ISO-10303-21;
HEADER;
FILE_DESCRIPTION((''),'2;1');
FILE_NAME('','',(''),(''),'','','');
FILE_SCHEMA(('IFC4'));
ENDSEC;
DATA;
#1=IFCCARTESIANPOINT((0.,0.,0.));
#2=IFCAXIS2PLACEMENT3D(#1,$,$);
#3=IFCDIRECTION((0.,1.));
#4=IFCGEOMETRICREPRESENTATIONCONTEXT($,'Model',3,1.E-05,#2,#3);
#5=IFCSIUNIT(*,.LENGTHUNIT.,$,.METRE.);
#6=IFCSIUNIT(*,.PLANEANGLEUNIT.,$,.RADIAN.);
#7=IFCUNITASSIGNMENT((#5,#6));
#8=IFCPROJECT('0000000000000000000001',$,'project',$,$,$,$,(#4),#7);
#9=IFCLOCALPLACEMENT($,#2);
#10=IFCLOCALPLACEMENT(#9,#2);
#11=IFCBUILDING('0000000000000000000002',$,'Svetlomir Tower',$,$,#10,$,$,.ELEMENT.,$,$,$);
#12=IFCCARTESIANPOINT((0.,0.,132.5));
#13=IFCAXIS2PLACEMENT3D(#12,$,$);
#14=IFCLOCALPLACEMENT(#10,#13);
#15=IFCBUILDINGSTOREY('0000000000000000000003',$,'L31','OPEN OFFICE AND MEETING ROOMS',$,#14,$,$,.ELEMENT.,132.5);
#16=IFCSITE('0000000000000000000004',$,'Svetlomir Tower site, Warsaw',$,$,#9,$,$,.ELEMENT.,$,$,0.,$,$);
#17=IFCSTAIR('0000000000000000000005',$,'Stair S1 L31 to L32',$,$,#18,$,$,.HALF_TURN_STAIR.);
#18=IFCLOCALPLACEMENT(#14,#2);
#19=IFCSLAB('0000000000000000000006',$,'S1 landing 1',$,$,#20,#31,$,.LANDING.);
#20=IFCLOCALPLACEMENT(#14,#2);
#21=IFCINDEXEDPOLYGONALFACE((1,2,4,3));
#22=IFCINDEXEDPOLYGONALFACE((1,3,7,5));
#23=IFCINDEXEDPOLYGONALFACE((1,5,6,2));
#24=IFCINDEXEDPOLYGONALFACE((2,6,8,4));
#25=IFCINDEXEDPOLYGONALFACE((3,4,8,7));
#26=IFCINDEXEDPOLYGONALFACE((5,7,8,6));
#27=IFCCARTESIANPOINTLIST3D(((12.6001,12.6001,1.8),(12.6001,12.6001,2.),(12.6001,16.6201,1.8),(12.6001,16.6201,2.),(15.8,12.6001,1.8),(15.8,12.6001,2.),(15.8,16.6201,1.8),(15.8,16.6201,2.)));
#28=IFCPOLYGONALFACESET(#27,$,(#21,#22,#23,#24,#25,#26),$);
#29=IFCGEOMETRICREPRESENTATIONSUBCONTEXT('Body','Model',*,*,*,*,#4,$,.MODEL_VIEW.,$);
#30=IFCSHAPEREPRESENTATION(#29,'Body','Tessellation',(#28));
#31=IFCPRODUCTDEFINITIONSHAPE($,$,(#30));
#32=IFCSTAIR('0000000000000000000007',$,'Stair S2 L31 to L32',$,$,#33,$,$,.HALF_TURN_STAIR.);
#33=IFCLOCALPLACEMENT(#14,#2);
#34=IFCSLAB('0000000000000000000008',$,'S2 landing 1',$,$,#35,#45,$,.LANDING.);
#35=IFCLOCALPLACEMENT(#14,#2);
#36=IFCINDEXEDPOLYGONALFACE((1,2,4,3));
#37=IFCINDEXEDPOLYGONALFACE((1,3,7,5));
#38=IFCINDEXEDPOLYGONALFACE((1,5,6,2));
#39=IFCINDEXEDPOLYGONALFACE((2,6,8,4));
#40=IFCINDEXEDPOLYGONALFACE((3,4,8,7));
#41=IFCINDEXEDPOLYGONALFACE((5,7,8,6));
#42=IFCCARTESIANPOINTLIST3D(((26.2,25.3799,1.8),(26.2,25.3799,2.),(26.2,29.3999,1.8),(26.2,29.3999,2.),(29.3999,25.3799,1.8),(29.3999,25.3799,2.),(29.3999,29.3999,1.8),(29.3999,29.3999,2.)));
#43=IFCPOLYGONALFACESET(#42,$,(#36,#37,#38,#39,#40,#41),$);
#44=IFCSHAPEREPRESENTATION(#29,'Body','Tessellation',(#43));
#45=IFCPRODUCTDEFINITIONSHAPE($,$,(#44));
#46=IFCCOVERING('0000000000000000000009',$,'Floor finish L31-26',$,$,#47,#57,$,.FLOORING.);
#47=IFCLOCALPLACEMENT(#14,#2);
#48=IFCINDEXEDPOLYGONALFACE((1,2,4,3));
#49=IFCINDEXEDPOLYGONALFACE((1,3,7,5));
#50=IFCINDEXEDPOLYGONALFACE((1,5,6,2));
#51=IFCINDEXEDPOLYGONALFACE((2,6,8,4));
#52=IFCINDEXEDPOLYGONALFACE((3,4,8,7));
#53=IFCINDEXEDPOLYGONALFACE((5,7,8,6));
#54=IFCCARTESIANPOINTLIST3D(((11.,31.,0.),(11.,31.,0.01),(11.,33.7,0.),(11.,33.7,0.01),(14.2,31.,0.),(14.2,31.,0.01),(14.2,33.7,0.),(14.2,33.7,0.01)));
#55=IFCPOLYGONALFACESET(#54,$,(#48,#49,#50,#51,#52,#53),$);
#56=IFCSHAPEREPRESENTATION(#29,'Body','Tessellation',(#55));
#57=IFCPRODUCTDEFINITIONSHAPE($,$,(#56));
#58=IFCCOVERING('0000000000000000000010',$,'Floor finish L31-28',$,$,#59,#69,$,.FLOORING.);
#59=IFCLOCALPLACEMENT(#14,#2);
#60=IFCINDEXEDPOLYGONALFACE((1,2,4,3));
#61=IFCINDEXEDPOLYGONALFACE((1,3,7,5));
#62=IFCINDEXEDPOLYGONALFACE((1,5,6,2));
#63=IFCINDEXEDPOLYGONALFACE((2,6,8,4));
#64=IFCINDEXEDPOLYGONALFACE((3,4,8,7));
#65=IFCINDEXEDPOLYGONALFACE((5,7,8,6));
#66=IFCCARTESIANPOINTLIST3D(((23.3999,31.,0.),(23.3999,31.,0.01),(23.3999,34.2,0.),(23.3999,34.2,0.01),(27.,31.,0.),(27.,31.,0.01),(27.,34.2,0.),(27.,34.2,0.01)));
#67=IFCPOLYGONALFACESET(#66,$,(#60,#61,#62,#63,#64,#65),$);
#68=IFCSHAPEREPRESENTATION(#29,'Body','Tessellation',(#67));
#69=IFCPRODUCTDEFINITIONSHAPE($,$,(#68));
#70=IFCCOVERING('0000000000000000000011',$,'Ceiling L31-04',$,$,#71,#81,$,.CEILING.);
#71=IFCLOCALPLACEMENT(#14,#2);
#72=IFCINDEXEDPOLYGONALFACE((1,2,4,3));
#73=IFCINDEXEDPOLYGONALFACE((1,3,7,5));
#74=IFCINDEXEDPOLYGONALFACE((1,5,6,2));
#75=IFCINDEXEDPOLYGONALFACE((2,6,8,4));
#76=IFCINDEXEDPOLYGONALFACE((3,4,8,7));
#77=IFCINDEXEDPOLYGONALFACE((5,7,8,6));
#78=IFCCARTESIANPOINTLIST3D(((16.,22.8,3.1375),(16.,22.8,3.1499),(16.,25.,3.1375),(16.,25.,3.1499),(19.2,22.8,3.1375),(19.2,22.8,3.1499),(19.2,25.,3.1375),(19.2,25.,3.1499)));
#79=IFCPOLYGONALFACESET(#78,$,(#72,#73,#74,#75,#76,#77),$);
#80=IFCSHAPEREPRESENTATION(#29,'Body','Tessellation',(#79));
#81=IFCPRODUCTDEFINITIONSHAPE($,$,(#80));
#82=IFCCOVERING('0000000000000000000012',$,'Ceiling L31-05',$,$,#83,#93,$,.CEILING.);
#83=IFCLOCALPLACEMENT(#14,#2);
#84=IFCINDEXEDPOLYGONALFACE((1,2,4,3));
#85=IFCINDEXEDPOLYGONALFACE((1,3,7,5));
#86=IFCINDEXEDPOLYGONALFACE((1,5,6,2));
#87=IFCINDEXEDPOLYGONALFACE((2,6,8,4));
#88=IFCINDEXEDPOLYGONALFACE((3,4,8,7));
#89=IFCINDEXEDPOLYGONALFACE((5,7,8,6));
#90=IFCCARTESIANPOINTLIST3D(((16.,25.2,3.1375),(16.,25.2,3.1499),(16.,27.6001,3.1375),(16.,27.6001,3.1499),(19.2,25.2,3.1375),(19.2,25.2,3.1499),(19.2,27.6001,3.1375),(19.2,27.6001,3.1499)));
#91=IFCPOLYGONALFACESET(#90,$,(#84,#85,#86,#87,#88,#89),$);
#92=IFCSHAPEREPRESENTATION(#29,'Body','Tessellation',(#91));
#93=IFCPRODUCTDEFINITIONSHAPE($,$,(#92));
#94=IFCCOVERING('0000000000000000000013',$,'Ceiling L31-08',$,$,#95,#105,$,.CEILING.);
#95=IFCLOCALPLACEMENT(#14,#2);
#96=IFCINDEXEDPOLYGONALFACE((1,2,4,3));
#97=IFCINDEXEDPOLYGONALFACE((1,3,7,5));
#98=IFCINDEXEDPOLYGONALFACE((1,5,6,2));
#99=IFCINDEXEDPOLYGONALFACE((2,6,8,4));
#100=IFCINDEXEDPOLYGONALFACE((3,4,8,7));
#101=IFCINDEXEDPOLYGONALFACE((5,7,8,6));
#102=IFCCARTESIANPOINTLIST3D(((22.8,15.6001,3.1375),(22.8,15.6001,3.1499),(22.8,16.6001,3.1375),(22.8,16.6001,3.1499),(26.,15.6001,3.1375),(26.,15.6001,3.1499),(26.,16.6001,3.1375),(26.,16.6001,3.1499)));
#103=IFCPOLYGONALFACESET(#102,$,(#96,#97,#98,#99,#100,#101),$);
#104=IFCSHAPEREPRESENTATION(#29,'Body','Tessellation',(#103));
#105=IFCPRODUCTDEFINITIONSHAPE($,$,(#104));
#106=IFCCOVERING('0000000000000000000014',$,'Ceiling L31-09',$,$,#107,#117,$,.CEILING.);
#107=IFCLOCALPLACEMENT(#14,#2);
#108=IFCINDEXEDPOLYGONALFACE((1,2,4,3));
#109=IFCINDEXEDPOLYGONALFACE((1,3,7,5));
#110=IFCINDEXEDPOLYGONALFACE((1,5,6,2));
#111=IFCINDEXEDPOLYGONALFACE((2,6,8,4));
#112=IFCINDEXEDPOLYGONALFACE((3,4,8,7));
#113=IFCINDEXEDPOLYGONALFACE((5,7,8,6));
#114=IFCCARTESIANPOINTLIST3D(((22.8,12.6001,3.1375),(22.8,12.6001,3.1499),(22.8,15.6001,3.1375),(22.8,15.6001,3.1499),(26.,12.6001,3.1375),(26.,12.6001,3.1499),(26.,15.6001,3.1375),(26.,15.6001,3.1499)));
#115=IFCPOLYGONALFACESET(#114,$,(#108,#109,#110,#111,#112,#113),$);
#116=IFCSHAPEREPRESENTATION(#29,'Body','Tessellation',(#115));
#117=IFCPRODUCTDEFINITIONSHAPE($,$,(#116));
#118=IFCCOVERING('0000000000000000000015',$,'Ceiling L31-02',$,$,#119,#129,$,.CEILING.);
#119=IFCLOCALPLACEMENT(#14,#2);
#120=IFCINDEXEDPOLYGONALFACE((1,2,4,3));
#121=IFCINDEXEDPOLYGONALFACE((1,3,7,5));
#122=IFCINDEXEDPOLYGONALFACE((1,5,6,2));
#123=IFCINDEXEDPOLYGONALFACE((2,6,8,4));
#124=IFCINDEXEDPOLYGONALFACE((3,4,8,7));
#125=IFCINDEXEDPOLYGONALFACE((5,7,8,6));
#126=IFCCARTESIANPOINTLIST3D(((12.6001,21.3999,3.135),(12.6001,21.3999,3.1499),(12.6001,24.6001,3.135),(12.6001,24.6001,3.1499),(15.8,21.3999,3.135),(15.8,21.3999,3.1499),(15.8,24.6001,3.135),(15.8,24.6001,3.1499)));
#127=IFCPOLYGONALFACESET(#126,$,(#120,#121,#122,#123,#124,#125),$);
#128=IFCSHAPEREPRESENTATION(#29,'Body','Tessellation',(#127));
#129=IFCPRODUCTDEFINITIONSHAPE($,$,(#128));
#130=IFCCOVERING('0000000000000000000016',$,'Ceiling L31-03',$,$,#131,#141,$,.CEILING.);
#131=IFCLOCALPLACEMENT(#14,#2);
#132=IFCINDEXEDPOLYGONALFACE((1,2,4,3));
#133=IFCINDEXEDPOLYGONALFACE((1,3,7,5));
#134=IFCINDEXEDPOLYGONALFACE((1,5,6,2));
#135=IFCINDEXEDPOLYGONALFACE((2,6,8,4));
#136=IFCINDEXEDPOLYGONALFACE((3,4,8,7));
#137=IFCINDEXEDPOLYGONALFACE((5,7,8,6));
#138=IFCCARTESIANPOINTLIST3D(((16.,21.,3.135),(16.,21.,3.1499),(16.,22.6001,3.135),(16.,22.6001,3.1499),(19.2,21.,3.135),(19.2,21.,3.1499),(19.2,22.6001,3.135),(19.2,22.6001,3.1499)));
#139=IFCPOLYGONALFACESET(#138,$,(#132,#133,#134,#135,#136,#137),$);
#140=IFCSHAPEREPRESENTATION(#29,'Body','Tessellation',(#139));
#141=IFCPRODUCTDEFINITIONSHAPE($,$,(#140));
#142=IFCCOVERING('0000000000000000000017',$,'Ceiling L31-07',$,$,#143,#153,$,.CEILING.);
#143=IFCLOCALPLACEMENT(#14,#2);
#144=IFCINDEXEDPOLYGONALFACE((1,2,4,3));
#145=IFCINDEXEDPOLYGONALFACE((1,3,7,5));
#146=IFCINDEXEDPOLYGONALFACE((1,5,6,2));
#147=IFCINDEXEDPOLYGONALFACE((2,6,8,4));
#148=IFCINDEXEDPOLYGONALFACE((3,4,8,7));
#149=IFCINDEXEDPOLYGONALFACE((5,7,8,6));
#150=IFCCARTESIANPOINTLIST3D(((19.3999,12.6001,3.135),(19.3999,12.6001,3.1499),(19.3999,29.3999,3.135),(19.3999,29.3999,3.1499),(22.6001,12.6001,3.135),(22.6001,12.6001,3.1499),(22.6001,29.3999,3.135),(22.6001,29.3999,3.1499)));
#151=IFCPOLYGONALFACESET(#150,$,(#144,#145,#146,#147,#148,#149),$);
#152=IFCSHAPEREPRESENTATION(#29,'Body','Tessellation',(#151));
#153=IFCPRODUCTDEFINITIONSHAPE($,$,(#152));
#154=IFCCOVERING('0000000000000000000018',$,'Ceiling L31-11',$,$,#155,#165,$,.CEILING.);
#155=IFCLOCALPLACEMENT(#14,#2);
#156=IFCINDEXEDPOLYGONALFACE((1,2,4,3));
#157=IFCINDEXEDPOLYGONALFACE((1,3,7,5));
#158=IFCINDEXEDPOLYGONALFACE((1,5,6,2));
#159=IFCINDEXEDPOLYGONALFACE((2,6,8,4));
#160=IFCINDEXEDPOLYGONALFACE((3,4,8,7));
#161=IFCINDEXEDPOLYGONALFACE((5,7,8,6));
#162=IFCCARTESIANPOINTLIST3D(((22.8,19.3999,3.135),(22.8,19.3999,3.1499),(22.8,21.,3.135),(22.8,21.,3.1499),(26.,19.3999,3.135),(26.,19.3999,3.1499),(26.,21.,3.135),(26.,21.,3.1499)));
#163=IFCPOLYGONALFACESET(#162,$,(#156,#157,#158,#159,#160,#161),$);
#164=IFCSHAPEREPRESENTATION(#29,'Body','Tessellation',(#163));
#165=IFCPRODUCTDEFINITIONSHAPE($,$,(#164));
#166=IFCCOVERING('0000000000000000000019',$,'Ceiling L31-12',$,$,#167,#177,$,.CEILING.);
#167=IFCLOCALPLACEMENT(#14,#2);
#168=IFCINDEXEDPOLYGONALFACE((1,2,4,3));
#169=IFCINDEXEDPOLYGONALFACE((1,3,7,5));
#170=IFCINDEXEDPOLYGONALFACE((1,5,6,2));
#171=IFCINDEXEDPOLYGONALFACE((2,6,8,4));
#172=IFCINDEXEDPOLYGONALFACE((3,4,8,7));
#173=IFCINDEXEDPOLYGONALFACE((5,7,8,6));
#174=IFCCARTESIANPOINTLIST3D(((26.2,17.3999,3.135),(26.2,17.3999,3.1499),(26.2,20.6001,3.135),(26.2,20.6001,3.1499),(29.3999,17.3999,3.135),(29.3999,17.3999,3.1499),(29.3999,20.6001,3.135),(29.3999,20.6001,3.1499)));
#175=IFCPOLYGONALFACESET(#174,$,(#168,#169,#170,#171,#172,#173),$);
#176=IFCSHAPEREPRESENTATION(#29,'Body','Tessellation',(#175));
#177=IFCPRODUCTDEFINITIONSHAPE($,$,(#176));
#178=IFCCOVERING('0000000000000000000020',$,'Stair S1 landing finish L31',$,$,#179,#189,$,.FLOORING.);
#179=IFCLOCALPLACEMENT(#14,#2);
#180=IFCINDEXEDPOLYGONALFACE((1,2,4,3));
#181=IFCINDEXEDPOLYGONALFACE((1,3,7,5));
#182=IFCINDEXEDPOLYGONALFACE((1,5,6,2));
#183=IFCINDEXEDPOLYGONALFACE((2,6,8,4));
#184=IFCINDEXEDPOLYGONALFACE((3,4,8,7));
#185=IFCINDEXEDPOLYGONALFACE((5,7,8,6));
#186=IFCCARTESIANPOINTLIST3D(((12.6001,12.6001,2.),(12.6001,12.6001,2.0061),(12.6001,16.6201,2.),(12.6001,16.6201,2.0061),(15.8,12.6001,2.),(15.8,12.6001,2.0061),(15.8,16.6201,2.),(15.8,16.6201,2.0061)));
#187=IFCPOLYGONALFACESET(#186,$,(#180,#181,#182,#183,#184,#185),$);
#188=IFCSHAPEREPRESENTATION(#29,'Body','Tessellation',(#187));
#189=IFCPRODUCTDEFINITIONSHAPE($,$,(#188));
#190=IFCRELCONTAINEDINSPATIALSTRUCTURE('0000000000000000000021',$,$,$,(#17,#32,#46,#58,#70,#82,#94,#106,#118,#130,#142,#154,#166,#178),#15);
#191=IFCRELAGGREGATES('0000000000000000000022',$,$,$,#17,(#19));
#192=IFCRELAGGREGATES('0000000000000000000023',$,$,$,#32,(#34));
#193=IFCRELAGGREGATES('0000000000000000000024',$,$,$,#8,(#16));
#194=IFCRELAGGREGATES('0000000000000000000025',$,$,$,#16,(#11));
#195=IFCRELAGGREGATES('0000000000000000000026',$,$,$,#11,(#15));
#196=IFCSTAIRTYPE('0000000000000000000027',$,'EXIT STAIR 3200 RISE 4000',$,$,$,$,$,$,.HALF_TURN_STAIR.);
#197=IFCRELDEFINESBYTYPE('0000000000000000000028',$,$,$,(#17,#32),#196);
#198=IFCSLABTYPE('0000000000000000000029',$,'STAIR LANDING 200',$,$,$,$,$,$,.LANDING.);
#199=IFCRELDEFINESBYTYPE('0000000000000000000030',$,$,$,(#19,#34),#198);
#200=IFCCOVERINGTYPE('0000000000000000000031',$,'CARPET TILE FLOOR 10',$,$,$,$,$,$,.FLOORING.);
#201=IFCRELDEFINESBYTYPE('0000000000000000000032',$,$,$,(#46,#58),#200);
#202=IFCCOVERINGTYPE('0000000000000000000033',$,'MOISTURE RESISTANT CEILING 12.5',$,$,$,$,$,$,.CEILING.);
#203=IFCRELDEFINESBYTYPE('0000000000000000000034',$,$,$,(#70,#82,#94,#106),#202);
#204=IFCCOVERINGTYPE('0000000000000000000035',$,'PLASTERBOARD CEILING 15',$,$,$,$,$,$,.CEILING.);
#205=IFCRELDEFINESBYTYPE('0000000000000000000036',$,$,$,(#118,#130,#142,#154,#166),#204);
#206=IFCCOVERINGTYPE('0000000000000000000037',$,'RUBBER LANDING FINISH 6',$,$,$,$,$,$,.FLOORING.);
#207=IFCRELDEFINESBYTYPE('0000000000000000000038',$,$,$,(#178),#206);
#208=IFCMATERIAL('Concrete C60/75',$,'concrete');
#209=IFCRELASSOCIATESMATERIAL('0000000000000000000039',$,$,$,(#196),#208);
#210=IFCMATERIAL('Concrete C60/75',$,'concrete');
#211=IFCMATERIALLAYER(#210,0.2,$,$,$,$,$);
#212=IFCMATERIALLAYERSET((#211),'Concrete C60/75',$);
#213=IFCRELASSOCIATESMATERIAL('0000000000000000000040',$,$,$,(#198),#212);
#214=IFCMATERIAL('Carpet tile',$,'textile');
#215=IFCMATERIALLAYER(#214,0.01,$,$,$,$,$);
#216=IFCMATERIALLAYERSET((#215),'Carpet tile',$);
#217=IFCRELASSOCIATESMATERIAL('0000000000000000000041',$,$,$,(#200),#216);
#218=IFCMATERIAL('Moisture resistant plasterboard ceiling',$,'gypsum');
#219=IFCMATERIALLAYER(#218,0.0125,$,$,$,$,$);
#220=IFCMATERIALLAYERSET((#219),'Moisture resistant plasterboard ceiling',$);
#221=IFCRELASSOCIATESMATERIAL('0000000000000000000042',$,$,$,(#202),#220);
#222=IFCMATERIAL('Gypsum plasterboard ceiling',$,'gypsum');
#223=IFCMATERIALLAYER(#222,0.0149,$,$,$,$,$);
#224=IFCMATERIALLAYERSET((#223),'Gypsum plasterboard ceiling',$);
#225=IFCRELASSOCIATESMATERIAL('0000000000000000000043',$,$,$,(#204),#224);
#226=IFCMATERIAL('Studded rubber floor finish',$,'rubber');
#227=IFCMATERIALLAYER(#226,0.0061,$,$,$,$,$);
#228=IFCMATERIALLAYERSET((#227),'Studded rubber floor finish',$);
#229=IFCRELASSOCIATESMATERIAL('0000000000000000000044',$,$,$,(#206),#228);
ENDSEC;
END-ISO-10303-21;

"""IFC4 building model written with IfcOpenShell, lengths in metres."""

from ifc_helpers import new_model, si_unit, direction, frame, origin, place, context, subcontext, project, spatial, polyline, outline, extrude, material, layer, layer_set, type_object, element, aggregate, save


model = new_model("IFC4")

# Units and contexts
model_context = context("Model", 3, precision=1e-05, world=origin(), true_north=direction((0.0, 1.0)))
body_context = subcontext(model_context, "Body", "Model", "MODEL_VIEW")
ifc_project = project(units=[si_unit("LENGTHUNIT", "METRE"), si_unit("PLANEANGLEUNIT", "RADIAN")], contexts=[model_context])

# Site, building, storey
site_placement = place(None, origin())
site = spatial("IfcSite", under=ifc_project, at=site_placement, Name="Svetlomir Tower site, Warsaw", CompositionType="ELEMENT", RefElevation=0.0)
building_placement = place(site_placement, origin())
building = spatial("IfcBuilding", under=site, at=building_placement, Name="Svetlomir Tower", CompositionType="ELEMENT")
storey_placement = place(building_placement, frame((0.0, 0.0, 132.5)))
storey = spatial("IfcBuildingStorey", under=building, at=storey_placement, Name="L31", Description="OPEN OFFICE AND MEETING ROOMS", CompositionType="ELEMENT", Elevation=132.5)

# Stairs, slabs
ifc_material_1 = material(Name="Concrete C60/75", Category="concrete")
stair_type = type_object("IfcStairType", Name="EXIT STAIR 3200 RISE 4000", PredefinedType="HALF_TURN_STAIR", material=ifc_material_1)
stair_1_placement = place(storey_placement, origin())
stair_1 = element("IfcStair", 1, at=stair_1_placement, inside=storey, type_object=stair_type, Name="Stair S1 L31 to L32", PredefinedType="HALF_TURN_STAIR")
ifc_material_2 = material(Name="Concrete C60/75", Category="concrete")
ifc_layer_1 = layer(ifc_material_2, 0.2)
ifc_layer_set_1 = layer_set([ifc_layer_1], Name="Concrete C60/75")
slab_type = type_object("IfcSlabType", Name="STAIR LANDING 200", PredefinedType="LANDING", material=ifc_layer_set_1)
slab_1_placement = place(storey_placement, frame((0.0, 0.0, 1.8)))
slab_1 = element("IfcSlab", 2, at=slab_1_placement, type_object=slab_type, Name="S1 landing 1", PredefinedType="LANDING", context=body_context, shape_type="SweptSolid", body=[
    extrude(outline(polyline([(12.6001, 12.6001), (15.8, 12.6001), (15.8, 16.6201), (12.6001, 16.6201), (12.6001, 12.6001)])), origin(), (0.0, 0.0, 1.0), 0.2),
])
aggregate(stair_1, [slab_1])
stair_2_placement = place(storey_placement, origin())
stair_2 = element("IfcStair", 3, at=stair_2_placement, inside=storey, type_object=stair_type, Name="Stair S2 L31 to L32", PredefinedType="HALF_TURN_STAIR")
slab_2_placement = place(storey_placement, frame((0.0, 0.0, 1.8)))
slab_2 = element("IfcSlab", 4, at=slab_2_placement, type_object=slab_type, Name="S2 landing 1", PredefinedType="LANDING", context=body_context, shape_type="SweptSolid", body=[
    extrude(outline(polyline([(26.2, 25.3799), (29.3999, 25.3799), (29.3999, 29.3999), (26.2, 29.3999), (26.2, 25.3799)])), origin(), (0.0, 0.0, 1.0), 0.2),
])
aggregate(stair_2, [slab_2])

# Coverings
ifc_material_3 = material(Name="Carpet tile", Category="textile")
ifc_layer_2 = layer(ifc_material_3, 0.01)
ifc_layer_set_2 = layer_set([ifc_layer_2], Name="Carpet tile")
covering_type_1 = type_object("IfcCoveringType", Name="CARPET TILE FLOOR 10", PredefinedType="FLOORING", material=ifc_layer_set_2)
covering_1_placement = place(storey_placement, origin())
element("IfcCovering", 5, at=covering_1_placement, inside=storey, type_object=covering_type_1, Name="Floor finish L31-26", PredefinedType="FLOORING", context=body_context, shape_type="SweptSolid", body=[
    extrude(outline(polyline([(11.0, 31.0), (14.2, 31.0), (14.2, 33.7), (11.0, 33.7), (11.0, 31.0)])), origin(), (0.0, 0.0, 1.0), 0.01),
])
covering_2_placement = place(storey_placement, origin())
element("IfcCovering", 6, at=covering_2_placement, inside=storey, type_object=covering_type_1, Name="Floor finish L31-28", PredefinedType="FLOORING", context=body_context, shape_type="SweptSolid", body=[
    extrude(outline(polyline([(23.3999, 31.0), (27.0, 31.0), (27.0, 34.2), (23.3999, 34.2), (23.3999, 31.0)])), origin(), (0.0, 0.0, 1.0), 0.01),
])
ifc_material_4 = material(Name="Moisture resistant plasterboard ceiling", Category="gypsum")
ifc_layer_3 = layer(ifc_material_4, 0.0125)
ifc_layer_set_3 = layer_set([ifc_layer_3], Name="Moisture resistant plasterboard ceiling")
covering_type_2 = type_object("IfcCoveringType", Name="MOISTURE RESISTANT CEILING 12.5", PredefinedType="CEILING", material=ifc_layer_set_3)
covering_3_placement = place(storey_placement, frame((0.0, 0.0, 3.1375)))
element("IfcCovering", 7, at=covering_3_placement, inside=storey, type_object=covering_type_2, Name="Ceiling L31-04", PredefinedType="CEILING", context=body_context, shape_type="SweptSolid", body=[
    extrude(outline(polyline([(16.0, 22.8), (19.2, 22.8), (19.2, 25.0), (16.0, 25.0), (16.0, 22.8)])), origin(), (0.0, 0.0, 1.0), 0.0125),
])
covering_4_placement = place(storey_placement, frame((0.0, 0.0, 3.1375)))
element("IfcCovering", 8, at=covering_4_placement, inside=storey, type_object=covering_type_2, Name="Ceiling L31-05", PredefinedType="CEILING", context=body_context, shape_type="SweptSolid", body=[
    extrude(outline(polyline([(16.0, 25.2), (19.2, 25.2), (19.2, 27.6001), (16.0, 27.6001), (16.0, 25.2)])), origin(), (0.0, 0.0, 1.0), 0.0125),
])
covering_5_placement = place(storey_placement, frame((0.0, 0.0, 3.1375)))
element("IfcCovering", 9, at=covering_5_placement, inside=storey, type_object=covering_type_2, Name="Ceiling L31-08", PredefinedType="CEILING", context=body_context, shape_type="SweptSolid", body=[
    extrude(outline(polyline([(22.8, 15.6001), (26.0, 15.6001), (26.0, 16.6001), (22.8, 16.6001), (22.8, 15.6001)])), origin(), (0.0, 0.0, 1.0), 0.0125),
])
covering_6_placement = place(storey_placement, frame((0.0, 0.0, 3.1375)))
element("IfcCovering", 10, at=covering_6_placement, inside=storey, type_object=covering_type_2, Name="Ceiling L31-09", PredefinedType="CEILING", context=body_context, shape_type="SweptSolid", body=[
    extrude(outline(polyline([(22.8, 12.6001), (26.0, 12.6001), (26.0, 15.6001), (22.8, 15.6001), (22.8, 12.6001)])), origin(), (0.0, 0.0, 1.0), 0.0125),
])
ifc_material_5 = material(Name="Gypsum plasterboard ceiling", Category="gypsum")
ifc_layer_4 = layer(ifc_material_5, 0.0149)
ifc_layer_set_4 = layer_set([ifc_layer_4], Name="Gypsum plasterboard ceiling")
covering_type_3 = type_object("IfcCoveringType", Name="PLASTERBOARD CEILING 15", PredefinedType="CEILING", material=ifc_layer_set_4)
covering_7_placement = place(storey_placement, frame((0.0, 0.0, 3.135)))
element("IfcCovering", 11, at=covering_7_placement, inside=storey, type_object=covering_type_3, Name="Ceiling L31-02", PredefinedType="CEILING", context=body_context, shape_type="SweptSolid", body=[
    extrude(outline(polyline([(12.6001, 21.3999), (15.8, 21.3999), (15.8, 24.6001), (12.6001, 24.6001), (12.6001, 21.3999)])), origin(), (0.0, 0.0, 1.0), 0.0149),
])
covering_8_placement = place(storey_placement, frame((0.0, 0.0, 3.135)))
element("IfcCovering", 12, at=covering_8_placement, inside=storey, type_object=covering_type_3, Name="Ceiling L31-03", PredefinedType="CEILING", context=body_context, shape_type="SweptSolid", body=[
    extrude(outline(polyline([(16.0, 21.0), (19.2, 21.0), (19.2, 22.6001), (16.0, 22.6001), (16.0, 21.0)])), origin(), (0.0, 0.0, 1.0), 0.0149),
])
covering_9_placement = place(storey_placement, frame((0.0, 0.0, 3.135)))
element("IfcCovering", 13, at=covering_9_placement, inside=storey, type_object=covering_type_3, Name="Ceiling L31-07", PredefinedType="CEILING", context=body_context, shape_type="SweptSolid", body=[
    extrude(outline(polyline([(19.3999, 12.6001), (22.6001, 12.6001), (22.6001, 29.3999), (19.3999, 29.3999), (19.3999, 12.6001)])), origin(), (0.0, 0.0, 1.0), 0.0149),
])
covering_10_placement = place(storey_placement, frame((0.0, 0.0, 3.135)))
element("IfcCovering", 14, at=covering_10_placement, inside=storey, type_object=covering_type_3, Name="Ceiling L31-11", PredefinedType="CEILING", context=body_context, shape_type="SweptSolid", body=[
    extrude(outline(polyline([(22.8, 19.3999), (26.0, 19.3999), (26.0, 21.0), (22.8, 21.0), (22.8, 19.3999)])), origin(), (0.0, 0.0, 1.0), 0.0149),
])
covering_11_placement = place(storey_placement, frame((0.0, 0.0, 3.135)))
element("IfcCovering", 15, at=covering_11_placement, inside=storey, type_object=covering_type_3, Name="Ceiling L31-12", PredefinedType="CEILING", context=body_context, shape_type="SweptSolid", body=[
    extrude(outline(polyline([(26.2, 17.3999), (29.3999, 17.3999), (29.3999, 20.6001), (26.2, 20.6001), (26.2, 17.3999)])), origin(), (0.0, 0.0, 1.0), 0.0149),
])
ifc_material_6 = material(Name="Studded rubber floor finish", Category="rubber")
ifc_layer_5 = layer(ifc_material_6, 0.0061)
ifc_layer_set_5 = layer_set([ifc_layer_5], Name="Studded rubber floor finish")
covering_type_4 = type_object("IfcCoveringType", Name="RUBBER LANDING FINISH 6", PredefinedType="FLOORING", material=ifc_layer_set_5)
covering_12_placement = place(storey_placement, frame((0.0, 0.0, 2.0)))
element("IfcCovering", 16, at=covering_12_placement, inside=storey, type_object=covering_type_4, Name="Stair S1 landing finish L31", PredefinedType="FLOORING", context=body_context, shape_type="SweptSolid", body=[
    extrude(outline(polyline([(12.6001, 12.6001), (15.8, 12.6001), (15.8, 16.6201), (12.6001, 16.6201), (12.6001, 12.6001)])), origin(), (0.0, 0.0, 1.0), 0.0061),
])

save(model, "model.ifc")
